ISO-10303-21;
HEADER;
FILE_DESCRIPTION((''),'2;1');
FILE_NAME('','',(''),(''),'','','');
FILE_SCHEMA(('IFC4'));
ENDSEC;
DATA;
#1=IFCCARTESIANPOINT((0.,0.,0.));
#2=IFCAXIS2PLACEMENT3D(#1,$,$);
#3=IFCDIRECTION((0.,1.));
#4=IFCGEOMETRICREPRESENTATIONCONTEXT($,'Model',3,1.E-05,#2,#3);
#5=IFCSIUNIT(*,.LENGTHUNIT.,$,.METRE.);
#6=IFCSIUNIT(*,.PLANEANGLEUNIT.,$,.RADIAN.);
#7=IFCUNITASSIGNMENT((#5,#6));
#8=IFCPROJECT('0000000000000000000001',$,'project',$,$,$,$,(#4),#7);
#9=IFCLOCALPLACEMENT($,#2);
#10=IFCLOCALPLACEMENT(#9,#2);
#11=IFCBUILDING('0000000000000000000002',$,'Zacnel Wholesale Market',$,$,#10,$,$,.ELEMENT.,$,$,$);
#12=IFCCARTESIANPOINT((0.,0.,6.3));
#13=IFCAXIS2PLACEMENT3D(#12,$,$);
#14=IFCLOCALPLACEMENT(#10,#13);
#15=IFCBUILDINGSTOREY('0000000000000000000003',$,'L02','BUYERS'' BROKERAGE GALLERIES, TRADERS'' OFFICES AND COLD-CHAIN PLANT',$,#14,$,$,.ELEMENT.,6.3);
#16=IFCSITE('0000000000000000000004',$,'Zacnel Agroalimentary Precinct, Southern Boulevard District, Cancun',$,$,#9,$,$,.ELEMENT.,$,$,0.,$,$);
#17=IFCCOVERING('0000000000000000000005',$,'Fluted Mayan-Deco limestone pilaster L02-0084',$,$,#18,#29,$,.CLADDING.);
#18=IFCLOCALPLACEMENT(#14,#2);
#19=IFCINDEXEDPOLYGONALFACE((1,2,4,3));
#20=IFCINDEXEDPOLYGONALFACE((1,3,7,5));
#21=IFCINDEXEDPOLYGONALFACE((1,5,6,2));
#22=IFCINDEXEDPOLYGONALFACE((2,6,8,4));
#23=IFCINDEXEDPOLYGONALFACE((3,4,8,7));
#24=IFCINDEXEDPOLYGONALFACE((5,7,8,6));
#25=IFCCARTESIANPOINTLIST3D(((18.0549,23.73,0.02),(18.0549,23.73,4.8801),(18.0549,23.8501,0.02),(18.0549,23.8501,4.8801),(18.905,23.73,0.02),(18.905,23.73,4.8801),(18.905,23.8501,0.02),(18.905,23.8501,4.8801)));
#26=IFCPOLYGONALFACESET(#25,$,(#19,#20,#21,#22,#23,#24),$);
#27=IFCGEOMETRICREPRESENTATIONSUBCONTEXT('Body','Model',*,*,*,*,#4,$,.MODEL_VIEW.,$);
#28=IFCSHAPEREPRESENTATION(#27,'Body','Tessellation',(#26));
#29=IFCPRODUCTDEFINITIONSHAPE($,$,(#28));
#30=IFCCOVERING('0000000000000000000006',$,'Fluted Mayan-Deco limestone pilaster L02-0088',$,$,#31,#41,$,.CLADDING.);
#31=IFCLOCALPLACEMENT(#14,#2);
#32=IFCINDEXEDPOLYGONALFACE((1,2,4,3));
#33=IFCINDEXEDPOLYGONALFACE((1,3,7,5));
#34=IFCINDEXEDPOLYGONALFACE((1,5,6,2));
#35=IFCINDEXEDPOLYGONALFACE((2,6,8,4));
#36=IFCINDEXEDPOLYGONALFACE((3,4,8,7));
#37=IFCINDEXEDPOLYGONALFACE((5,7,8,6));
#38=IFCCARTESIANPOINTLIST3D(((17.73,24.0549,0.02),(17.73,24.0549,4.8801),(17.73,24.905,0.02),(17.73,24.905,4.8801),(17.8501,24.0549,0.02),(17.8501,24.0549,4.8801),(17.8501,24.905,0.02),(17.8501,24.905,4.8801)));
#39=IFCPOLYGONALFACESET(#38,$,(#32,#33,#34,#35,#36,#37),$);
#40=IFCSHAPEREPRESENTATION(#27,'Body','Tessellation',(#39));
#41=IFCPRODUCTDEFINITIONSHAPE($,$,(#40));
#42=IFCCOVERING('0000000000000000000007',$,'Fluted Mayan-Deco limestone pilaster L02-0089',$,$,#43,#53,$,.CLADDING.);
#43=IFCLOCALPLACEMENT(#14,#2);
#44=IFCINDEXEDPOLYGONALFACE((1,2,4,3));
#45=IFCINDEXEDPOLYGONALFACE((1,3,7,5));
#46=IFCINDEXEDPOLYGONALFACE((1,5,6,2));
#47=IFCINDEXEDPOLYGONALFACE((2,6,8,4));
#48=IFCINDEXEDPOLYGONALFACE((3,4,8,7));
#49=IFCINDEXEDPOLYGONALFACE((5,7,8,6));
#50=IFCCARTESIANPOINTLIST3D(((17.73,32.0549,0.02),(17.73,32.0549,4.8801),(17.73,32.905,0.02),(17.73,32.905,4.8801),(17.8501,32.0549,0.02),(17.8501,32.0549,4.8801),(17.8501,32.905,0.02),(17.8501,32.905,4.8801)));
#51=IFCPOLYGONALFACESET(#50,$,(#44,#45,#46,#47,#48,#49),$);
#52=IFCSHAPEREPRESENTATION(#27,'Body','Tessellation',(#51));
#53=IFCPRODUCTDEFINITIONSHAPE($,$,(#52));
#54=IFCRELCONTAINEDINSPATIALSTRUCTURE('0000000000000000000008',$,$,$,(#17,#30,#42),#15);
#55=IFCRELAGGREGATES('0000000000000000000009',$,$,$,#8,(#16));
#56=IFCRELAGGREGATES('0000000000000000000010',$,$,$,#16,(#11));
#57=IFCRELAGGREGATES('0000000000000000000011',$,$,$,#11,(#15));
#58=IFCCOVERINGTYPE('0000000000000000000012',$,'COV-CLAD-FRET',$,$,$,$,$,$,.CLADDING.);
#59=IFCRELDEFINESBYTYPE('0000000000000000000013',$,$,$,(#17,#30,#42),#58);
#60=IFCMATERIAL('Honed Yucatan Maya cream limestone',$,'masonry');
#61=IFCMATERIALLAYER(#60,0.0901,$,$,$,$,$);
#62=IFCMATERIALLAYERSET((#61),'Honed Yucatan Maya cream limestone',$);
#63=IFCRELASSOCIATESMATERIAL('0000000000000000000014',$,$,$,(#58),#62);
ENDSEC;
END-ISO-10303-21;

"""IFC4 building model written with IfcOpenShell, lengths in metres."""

from ifc_helpers import new_model, si_unit, direction, frame, origin, origin_2d, place, context, subcontext, project, spatial, rectangle, extrude, material, layer, layer_set, type_object, element, save


model = new_model("IFC4")

# Units and contexts
model_context = context("Model", 3, precision=1e-05, world=origin(), true_north=direction((0.0, 1.0)))
body_context = subcontext(model_context, "Body", "Model", "MODEL_VIEW")
ifc_project = project(units=[si_unit("LENGTHUNIT", "METRE"), si_unit("PLANEANGLEUNIT", "RADIAN")], contexts=[model_context])

# Site, building, storey
site_placement = place(None, origin())
site = spatial("IfcSite", under=ifc_project, at=site_placement, Name="Zacnel Agroalimentary Precinct, Southern Boulevard District, Cancun", CompositionType="ELEMENT", RefElevation=0.0)
building_placement = place(site_placement, origin())
building = spatial("IfcBuilding", under=site, at=building_placement, Name="Zacnel Wholesale Market", CompositionType="ELEMENT")
storey_placement = place(building_placement, frame((0.0, 0.0, 6.3)))
storey = spatial("IfcBuildingStorey", under=building, at=storey_placement, Name="L02", Description="BUYERS' BROKERAGE GALLERIES, TRADERS' OFFICES AND COLD-CHAIN PLANT", CompositionType="ELEMENT", Elevation=6.3)

# Coverings
ifc_material_1 = material(Name="Honed Yucatan Maya cream limestone", Category="masonry")
ifc_layer_1 = layer(ifc_material_1, 0.0901)
ifc_layer_set_1 = layer_set([ifc_layer_1], Name="Honed Yucatan Maya cream limestone")
covering_type_1 = type_object("IfcCoveringType", Name="COV-CLAD-FRET", PredefinedType="CLADDING", material=ifc_layer_set_1)
for number, where, z_axis, x_axis, name in (
    (1, (18.48, 23.79, 0.02), (0.0, 0.0, 1.0), (1.0, 0.0, 0.0), "Fluted Mayan-Deco limestone pilaster L02-0084"),
    (2, (17.79, 24.48, 0.02), (0.0, 0.0, 1.0), (0.0, 1.0, 0.0), "Fluted Mayan-Deco limestone pilaster L02-0088"),
    (3, (17.79, 32.48, 0.02), (0.0, 0.0, 1.0), (0.0, 1.0, 0.0), "Fluted Mayan-Deco limestone pilaster L02-0089"),
):
    element("IfcCovering", number, at=place(storey_placement, frame(where, z_axis=z_axis, x_axis=x_axis)), inside=storey, type_object=covering_type_1, Name=name, PredefinedType="CLADDING", context=body_context, shape_type="SweptSolid", body=[
        extrude(rectangle(XDim=0.8501, YDim=0.1201, at=origin_2d()), origin(), (0.0, 0.0, 1.0), 4.8601),
    ])

save(model, "model.ifc")
